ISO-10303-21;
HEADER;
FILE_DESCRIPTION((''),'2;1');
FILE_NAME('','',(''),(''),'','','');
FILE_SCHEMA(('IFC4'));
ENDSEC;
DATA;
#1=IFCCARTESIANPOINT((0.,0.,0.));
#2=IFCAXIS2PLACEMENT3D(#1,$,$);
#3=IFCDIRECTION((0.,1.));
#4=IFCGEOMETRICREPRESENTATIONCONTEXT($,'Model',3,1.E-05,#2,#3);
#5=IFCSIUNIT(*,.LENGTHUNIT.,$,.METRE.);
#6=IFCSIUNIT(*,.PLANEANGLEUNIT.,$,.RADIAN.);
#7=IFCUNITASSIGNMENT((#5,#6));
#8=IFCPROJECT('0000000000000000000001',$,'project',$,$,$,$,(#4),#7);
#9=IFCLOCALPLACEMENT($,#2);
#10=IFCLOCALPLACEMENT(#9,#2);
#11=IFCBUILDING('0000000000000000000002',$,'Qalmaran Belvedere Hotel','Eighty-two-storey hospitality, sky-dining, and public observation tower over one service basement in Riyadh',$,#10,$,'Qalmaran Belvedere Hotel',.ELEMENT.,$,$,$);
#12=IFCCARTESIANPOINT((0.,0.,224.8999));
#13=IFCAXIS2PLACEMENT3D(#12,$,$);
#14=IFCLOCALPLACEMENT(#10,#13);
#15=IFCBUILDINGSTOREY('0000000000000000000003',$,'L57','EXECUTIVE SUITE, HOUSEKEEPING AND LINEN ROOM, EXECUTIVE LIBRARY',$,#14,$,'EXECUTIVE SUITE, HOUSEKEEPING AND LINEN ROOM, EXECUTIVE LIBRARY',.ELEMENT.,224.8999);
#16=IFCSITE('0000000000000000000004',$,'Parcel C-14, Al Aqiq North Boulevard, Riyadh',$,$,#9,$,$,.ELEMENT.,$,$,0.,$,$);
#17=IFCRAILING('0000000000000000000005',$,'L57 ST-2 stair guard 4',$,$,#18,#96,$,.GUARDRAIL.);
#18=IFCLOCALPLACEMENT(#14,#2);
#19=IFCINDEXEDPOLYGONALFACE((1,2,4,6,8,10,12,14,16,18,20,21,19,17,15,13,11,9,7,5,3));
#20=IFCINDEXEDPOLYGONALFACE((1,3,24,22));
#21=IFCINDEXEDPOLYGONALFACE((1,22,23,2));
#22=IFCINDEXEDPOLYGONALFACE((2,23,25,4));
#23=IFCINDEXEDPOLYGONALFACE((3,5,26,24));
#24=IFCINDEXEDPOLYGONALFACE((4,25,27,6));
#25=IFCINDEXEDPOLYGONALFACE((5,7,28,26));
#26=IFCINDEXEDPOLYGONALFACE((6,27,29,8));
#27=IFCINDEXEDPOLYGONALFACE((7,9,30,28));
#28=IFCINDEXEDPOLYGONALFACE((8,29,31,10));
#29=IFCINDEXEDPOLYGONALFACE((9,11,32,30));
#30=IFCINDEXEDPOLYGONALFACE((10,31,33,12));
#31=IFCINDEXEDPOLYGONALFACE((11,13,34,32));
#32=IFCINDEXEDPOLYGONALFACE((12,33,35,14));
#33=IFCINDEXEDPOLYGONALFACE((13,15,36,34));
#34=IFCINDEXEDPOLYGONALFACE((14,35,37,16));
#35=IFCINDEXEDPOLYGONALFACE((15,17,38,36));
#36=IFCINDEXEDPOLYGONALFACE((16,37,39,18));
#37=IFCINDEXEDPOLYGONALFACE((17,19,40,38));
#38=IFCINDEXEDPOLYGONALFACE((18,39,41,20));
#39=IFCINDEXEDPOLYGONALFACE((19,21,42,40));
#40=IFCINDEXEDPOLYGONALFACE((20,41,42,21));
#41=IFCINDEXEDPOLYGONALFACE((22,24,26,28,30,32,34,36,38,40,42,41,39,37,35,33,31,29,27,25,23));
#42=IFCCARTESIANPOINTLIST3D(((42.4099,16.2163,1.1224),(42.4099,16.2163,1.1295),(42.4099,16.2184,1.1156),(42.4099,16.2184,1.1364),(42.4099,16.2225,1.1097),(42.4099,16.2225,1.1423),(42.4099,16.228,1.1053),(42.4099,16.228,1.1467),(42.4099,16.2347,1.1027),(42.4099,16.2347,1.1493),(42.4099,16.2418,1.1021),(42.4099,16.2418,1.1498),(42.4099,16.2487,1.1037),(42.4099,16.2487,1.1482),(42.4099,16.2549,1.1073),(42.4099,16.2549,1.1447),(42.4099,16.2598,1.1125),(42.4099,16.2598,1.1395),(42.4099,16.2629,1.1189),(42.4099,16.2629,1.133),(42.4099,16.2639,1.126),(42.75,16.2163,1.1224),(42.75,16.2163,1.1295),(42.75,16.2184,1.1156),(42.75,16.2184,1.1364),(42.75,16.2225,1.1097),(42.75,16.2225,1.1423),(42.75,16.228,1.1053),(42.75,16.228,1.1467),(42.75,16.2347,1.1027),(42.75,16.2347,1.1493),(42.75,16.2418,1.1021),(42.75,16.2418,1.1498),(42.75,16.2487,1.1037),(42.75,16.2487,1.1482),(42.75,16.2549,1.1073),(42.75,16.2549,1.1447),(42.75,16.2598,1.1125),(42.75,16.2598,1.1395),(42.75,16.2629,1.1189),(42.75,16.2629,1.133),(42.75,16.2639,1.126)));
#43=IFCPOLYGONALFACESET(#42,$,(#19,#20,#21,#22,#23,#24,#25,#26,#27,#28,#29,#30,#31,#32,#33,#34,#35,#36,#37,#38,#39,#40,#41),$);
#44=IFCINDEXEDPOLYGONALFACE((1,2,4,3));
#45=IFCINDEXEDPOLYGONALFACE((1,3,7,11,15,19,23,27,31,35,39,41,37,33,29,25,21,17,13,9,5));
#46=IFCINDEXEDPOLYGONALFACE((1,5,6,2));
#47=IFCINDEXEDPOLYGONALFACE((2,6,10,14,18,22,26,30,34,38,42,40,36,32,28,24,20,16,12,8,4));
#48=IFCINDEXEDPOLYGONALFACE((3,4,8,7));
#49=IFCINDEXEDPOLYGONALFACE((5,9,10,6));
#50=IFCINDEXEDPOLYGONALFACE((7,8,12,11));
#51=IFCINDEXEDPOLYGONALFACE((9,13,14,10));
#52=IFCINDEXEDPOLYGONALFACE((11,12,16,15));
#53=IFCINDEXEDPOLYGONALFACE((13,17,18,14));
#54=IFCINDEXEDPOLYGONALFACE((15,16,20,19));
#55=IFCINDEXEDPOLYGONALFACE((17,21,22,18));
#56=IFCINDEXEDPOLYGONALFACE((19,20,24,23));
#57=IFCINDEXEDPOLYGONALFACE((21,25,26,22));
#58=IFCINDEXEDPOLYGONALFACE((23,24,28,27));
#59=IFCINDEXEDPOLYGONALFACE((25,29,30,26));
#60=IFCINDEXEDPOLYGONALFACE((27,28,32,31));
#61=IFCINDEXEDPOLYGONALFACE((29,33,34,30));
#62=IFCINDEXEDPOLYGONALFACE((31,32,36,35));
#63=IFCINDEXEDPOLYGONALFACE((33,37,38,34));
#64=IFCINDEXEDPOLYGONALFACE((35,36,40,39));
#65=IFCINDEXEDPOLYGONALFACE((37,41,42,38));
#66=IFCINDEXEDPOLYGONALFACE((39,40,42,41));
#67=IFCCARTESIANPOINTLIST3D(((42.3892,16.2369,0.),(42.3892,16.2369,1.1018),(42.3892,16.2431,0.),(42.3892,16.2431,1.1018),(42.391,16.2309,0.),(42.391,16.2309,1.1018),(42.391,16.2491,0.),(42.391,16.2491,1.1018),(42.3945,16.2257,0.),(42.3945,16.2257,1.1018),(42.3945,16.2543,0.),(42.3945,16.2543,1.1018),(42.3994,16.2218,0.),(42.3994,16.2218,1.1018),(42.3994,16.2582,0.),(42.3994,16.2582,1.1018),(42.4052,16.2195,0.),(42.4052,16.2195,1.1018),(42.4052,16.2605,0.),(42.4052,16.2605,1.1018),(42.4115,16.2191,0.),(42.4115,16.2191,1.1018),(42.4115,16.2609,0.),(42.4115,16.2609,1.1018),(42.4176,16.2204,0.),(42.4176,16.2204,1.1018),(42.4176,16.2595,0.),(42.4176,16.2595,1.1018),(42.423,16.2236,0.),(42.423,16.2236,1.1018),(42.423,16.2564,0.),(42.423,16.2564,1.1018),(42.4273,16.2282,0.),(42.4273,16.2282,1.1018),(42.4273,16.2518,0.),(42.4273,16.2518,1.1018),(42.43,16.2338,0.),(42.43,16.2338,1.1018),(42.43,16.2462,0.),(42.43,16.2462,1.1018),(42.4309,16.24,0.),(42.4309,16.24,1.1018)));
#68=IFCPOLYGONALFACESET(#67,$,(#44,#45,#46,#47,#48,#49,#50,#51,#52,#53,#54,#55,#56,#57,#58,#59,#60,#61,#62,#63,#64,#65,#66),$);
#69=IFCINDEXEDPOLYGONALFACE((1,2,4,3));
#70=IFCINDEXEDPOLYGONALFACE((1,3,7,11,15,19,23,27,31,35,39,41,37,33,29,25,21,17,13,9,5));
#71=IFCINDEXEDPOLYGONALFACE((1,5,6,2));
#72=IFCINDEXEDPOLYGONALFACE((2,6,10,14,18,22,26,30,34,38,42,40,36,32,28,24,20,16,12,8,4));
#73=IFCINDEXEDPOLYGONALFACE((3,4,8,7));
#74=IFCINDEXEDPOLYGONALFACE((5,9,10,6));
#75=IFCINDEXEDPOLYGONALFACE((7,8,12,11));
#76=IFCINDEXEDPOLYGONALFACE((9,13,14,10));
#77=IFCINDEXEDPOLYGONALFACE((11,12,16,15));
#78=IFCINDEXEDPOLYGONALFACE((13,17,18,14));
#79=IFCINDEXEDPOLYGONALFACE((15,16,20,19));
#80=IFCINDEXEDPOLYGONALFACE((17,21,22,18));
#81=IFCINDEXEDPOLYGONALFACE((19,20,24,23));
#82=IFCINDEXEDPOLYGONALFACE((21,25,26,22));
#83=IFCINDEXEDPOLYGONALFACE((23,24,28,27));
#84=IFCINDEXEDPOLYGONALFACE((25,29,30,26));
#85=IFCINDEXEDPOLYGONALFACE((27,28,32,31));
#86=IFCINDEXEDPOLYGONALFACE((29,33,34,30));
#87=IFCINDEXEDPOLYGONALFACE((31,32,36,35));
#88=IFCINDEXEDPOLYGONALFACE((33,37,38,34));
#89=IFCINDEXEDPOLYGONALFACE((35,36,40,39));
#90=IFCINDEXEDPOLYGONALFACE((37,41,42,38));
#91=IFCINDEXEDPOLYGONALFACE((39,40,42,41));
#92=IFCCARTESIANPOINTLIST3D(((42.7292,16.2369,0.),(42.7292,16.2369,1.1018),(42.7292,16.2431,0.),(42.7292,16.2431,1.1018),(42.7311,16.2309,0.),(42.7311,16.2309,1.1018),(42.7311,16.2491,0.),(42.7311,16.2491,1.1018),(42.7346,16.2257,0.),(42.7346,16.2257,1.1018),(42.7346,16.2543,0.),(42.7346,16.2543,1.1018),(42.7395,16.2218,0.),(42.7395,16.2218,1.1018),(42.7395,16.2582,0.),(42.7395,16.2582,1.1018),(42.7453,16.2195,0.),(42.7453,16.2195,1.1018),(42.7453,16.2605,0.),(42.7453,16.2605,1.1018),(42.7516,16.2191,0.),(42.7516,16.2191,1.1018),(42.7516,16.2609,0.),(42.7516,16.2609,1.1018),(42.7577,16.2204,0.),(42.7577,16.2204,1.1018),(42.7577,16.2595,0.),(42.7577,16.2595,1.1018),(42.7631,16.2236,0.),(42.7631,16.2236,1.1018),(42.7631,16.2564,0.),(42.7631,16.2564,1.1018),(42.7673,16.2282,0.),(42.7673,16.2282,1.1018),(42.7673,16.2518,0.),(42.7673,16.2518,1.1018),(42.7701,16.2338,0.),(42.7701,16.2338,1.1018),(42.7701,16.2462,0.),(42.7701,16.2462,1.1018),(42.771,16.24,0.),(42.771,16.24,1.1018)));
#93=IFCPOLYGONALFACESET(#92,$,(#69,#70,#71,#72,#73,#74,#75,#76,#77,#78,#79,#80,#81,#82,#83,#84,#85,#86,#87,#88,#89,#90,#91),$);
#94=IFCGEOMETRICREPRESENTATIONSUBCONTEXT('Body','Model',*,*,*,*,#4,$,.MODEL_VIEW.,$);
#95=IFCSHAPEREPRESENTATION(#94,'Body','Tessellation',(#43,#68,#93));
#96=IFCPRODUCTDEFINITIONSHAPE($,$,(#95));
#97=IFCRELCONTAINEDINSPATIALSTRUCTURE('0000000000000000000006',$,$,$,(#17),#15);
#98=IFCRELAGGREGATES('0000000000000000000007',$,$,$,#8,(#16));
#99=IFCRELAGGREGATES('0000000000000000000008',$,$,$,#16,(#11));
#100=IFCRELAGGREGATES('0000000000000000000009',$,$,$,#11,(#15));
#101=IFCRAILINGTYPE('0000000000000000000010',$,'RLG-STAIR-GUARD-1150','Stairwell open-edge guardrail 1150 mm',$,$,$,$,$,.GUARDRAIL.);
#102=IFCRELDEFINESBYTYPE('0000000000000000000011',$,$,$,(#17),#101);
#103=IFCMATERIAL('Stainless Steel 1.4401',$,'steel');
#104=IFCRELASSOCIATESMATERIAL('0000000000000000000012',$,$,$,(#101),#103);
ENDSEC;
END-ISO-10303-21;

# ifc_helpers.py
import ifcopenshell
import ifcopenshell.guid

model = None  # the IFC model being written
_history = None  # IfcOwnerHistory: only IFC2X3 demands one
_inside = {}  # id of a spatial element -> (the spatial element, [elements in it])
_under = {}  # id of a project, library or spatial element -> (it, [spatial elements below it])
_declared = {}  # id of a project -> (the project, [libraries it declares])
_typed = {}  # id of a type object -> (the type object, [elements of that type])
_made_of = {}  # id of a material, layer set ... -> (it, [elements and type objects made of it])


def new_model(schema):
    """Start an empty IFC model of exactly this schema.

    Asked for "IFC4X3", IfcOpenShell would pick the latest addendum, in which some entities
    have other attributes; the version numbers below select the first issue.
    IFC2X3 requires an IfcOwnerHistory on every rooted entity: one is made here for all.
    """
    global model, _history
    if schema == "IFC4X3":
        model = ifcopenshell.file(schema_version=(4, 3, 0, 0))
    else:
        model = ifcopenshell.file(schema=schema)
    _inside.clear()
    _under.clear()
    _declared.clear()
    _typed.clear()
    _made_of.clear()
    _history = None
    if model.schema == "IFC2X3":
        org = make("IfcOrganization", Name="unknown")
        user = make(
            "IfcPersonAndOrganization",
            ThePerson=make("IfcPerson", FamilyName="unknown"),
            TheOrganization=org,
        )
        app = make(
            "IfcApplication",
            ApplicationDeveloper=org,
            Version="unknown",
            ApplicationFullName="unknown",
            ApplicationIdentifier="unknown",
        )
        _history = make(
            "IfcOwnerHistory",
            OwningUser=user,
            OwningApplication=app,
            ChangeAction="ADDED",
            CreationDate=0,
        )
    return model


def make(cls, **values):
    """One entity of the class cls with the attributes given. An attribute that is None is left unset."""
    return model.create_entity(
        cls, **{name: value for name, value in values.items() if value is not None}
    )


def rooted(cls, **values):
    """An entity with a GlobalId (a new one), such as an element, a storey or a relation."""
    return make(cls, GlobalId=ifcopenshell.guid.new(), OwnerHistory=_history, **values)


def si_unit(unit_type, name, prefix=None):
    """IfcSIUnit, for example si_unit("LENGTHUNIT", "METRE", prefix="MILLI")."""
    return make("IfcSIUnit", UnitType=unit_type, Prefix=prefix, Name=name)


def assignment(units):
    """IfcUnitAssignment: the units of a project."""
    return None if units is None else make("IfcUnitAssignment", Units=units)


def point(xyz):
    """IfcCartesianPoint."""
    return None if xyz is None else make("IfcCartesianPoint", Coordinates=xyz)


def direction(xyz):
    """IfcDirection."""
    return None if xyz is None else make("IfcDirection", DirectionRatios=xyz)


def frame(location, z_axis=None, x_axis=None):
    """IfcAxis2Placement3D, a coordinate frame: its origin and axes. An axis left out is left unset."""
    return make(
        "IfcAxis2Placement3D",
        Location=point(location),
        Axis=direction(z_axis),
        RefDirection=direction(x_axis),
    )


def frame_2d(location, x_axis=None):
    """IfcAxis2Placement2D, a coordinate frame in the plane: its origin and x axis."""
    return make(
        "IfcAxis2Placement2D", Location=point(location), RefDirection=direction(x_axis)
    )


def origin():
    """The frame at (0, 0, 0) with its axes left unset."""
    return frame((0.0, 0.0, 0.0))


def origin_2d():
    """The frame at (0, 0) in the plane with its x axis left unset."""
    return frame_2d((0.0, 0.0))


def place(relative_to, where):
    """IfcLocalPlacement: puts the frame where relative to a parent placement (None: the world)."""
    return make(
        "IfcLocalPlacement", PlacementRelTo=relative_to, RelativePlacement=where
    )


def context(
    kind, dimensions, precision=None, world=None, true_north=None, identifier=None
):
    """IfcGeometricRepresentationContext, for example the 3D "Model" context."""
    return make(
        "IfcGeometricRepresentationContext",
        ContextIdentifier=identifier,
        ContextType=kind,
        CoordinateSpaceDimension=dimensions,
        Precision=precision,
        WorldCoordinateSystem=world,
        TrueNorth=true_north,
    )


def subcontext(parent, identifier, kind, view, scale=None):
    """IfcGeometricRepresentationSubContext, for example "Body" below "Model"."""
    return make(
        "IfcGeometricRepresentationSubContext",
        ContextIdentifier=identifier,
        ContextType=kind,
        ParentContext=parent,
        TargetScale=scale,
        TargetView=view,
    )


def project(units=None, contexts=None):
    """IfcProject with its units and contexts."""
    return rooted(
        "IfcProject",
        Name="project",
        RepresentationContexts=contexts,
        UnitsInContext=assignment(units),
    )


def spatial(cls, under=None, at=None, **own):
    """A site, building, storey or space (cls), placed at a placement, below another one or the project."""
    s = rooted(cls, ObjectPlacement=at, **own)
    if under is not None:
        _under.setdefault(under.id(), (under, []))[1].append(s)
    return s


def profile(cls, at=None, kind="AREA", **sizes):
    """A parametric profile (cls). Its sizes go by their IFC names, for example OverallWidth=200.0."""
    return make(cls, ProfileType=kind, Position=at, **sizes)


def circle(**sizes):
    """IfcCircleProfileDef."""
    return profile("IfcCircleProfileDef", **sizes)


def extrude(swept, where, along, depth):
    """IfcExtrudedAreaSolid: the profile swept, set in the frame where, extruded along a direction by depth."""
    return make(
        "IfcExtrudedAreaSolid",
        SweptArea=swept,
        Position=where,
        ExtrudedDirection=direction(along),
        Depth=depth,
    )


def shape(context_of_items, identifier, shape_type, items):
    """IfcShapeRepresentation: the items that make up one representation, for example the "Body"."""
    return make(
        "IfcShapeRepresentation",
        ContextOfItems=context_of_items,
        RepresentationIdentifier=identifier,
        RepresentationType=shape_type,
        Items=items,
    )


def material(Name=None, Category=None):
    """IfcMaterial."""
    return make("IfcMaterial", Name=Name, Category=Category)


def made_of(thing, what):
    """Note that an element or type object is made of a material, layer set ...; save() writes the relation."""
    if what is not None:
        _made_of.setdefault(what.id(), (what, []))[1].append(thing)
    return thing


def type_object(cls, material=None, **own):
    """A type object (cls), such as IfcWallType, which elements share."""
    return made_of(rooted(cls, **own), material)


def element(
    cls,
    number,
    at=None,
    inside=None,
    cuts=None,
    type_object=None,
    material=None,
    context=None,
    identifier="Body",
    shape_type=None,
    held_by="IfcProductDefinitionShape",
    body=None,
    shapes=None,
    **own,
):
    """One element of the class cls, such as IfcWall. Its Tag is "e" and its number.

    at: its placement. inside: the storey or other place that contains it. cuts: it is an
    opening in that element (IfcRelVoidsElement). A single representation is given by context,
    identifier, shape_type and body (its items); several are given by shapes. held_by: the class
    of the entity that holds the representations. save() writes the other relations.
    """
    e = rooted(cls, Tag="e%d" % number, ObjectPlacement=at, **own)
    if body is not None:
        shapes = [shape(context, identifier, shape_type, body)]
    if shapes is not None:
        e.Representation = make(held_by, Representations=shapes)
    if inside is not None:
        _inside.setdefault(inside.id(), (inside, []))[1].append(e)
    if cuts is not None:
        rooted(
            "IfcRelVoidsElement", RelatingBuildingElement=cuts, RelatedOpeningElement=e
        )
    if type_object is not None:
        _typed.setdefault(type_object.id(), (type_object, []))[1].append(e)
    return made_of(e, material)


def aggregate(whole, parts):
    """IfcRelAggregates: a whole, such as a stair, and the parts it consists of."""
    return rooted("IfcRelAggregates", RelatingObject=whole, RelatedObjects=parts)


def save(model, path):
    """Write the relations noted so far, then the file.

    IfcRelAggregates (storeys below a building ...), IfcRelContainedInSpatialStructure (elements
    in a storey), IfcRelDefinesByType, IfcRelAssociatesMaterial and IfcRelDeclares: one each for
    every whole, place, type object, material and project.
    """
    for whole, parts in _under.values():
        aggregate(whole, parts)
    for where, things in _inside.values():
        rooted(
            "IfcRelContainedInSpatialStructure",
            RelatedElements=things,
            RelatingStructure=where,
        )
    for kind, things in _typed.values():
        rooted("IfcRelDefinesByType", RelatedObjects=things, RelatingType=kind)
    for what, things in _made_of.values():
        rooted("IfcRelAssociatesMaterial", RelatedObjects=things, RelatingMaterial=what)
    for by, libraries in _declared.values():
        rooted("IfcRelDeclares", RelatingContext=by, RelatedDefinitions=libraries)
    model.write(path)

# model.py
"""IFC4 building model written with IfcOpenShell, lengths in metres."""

from ifc_helpers import new_model, si_unit, direction, frame, origin, origin_2d, place, context, subcontext, project, spatial, circle, extrude, material, type_object, element, save


model = new_model("IFC4")

# Units and contexts
model_context = context("Model", 3, precision=1e-05, world=origin(), true_north=direction((0.0, 1.0)))
body_context = subcontext(model_context, "Body", "Model", "MODEL_VIEW")
ifc_project = project(units=[si_unit("LENGTHUNIT", "METRE"), si_unit("PLANEANGLEUNIT", "RADIAN")], contexts=[model_context])

# Site, building, storey
site_placement = place(None, origin())
site = spatial("IfcSite", under=ifc_project, at=site_placement, Name="Parcel C-14, Al Aqiq North Boulevard, Riyadh", CompositionType="ELEMENT", RefElevation=0.0)
building_placement = place(site_placement, origin())
building = spatial("IfcBuilding", under=site, at=building_placement, Name="Qalmaran Belvedere Hotel", Description="Eighty-two-storey hospitality, sky-dining, and public observation tower over one service basement in Riyadh", LongName="Qalmaran Belvedere Hotel", CompositionType="ELEMENT")
storey_placement = place(building_placement, frame((0.0, 0.0, 224.8999)))
storey = spatial("IfcBuildingStorey", under=building, at=storey_placement, Name="L57", Description="EXECUTIVE SUITE, HOUSEKEEPING AND LINEN ROOM, EXECUTIVE LIBRARY", LongName="EXECUTIVE SUITE, HOUSEKEEPING AND LINEN ROOM, EXECUTIVE LIBRARY", CompositionType="ELEMENT", Elevation=224.8999)

# Railing
ifc_material_1 = material(Name="Stainless Steel 1.4401", Category="steel")
railing_type_1 = type_object("IfcRailingType", Name="RLG-STAIR-GUARD-1150", Description="Stairwell open-edge guardrail 1150 mm", PredefinedType="GUARDRAIL", material=ifc_material_1)
railing_1_placement = place(storey_placement, frame((42.4099, 16.24, 0.0)))
element("IfcRailing", 1, at=railing_1_placement, inside=storey, type_object=railing_type_1, Name="L57 ST-2 stair guard 4", PredefinedType="GUARDRAIL", context=body_context, shape_type="SweptSolid", body=[
    extrude(circle(Radius=0.0239, at=origin_2d()), frame((0.0, 0.0, 1.126), z_axis=(1.0, 0.0, 0.0), x_axis=(0.0, 1.0, 0.0)), (0.0, 0.0, 1.0), 0.3401),
    extrude(circle(Radius=0.021, at=origin_2d()), origin(), (0.0, 0.0, 1.0), 1.1018),
    extrude(circle(Radius=0.021, at=origin_2d()), frame((0.3401, 0.0, 0.0)), (0.0, 0.0, 1.0), 1.1018),
])

save(model, "model.ifc")
